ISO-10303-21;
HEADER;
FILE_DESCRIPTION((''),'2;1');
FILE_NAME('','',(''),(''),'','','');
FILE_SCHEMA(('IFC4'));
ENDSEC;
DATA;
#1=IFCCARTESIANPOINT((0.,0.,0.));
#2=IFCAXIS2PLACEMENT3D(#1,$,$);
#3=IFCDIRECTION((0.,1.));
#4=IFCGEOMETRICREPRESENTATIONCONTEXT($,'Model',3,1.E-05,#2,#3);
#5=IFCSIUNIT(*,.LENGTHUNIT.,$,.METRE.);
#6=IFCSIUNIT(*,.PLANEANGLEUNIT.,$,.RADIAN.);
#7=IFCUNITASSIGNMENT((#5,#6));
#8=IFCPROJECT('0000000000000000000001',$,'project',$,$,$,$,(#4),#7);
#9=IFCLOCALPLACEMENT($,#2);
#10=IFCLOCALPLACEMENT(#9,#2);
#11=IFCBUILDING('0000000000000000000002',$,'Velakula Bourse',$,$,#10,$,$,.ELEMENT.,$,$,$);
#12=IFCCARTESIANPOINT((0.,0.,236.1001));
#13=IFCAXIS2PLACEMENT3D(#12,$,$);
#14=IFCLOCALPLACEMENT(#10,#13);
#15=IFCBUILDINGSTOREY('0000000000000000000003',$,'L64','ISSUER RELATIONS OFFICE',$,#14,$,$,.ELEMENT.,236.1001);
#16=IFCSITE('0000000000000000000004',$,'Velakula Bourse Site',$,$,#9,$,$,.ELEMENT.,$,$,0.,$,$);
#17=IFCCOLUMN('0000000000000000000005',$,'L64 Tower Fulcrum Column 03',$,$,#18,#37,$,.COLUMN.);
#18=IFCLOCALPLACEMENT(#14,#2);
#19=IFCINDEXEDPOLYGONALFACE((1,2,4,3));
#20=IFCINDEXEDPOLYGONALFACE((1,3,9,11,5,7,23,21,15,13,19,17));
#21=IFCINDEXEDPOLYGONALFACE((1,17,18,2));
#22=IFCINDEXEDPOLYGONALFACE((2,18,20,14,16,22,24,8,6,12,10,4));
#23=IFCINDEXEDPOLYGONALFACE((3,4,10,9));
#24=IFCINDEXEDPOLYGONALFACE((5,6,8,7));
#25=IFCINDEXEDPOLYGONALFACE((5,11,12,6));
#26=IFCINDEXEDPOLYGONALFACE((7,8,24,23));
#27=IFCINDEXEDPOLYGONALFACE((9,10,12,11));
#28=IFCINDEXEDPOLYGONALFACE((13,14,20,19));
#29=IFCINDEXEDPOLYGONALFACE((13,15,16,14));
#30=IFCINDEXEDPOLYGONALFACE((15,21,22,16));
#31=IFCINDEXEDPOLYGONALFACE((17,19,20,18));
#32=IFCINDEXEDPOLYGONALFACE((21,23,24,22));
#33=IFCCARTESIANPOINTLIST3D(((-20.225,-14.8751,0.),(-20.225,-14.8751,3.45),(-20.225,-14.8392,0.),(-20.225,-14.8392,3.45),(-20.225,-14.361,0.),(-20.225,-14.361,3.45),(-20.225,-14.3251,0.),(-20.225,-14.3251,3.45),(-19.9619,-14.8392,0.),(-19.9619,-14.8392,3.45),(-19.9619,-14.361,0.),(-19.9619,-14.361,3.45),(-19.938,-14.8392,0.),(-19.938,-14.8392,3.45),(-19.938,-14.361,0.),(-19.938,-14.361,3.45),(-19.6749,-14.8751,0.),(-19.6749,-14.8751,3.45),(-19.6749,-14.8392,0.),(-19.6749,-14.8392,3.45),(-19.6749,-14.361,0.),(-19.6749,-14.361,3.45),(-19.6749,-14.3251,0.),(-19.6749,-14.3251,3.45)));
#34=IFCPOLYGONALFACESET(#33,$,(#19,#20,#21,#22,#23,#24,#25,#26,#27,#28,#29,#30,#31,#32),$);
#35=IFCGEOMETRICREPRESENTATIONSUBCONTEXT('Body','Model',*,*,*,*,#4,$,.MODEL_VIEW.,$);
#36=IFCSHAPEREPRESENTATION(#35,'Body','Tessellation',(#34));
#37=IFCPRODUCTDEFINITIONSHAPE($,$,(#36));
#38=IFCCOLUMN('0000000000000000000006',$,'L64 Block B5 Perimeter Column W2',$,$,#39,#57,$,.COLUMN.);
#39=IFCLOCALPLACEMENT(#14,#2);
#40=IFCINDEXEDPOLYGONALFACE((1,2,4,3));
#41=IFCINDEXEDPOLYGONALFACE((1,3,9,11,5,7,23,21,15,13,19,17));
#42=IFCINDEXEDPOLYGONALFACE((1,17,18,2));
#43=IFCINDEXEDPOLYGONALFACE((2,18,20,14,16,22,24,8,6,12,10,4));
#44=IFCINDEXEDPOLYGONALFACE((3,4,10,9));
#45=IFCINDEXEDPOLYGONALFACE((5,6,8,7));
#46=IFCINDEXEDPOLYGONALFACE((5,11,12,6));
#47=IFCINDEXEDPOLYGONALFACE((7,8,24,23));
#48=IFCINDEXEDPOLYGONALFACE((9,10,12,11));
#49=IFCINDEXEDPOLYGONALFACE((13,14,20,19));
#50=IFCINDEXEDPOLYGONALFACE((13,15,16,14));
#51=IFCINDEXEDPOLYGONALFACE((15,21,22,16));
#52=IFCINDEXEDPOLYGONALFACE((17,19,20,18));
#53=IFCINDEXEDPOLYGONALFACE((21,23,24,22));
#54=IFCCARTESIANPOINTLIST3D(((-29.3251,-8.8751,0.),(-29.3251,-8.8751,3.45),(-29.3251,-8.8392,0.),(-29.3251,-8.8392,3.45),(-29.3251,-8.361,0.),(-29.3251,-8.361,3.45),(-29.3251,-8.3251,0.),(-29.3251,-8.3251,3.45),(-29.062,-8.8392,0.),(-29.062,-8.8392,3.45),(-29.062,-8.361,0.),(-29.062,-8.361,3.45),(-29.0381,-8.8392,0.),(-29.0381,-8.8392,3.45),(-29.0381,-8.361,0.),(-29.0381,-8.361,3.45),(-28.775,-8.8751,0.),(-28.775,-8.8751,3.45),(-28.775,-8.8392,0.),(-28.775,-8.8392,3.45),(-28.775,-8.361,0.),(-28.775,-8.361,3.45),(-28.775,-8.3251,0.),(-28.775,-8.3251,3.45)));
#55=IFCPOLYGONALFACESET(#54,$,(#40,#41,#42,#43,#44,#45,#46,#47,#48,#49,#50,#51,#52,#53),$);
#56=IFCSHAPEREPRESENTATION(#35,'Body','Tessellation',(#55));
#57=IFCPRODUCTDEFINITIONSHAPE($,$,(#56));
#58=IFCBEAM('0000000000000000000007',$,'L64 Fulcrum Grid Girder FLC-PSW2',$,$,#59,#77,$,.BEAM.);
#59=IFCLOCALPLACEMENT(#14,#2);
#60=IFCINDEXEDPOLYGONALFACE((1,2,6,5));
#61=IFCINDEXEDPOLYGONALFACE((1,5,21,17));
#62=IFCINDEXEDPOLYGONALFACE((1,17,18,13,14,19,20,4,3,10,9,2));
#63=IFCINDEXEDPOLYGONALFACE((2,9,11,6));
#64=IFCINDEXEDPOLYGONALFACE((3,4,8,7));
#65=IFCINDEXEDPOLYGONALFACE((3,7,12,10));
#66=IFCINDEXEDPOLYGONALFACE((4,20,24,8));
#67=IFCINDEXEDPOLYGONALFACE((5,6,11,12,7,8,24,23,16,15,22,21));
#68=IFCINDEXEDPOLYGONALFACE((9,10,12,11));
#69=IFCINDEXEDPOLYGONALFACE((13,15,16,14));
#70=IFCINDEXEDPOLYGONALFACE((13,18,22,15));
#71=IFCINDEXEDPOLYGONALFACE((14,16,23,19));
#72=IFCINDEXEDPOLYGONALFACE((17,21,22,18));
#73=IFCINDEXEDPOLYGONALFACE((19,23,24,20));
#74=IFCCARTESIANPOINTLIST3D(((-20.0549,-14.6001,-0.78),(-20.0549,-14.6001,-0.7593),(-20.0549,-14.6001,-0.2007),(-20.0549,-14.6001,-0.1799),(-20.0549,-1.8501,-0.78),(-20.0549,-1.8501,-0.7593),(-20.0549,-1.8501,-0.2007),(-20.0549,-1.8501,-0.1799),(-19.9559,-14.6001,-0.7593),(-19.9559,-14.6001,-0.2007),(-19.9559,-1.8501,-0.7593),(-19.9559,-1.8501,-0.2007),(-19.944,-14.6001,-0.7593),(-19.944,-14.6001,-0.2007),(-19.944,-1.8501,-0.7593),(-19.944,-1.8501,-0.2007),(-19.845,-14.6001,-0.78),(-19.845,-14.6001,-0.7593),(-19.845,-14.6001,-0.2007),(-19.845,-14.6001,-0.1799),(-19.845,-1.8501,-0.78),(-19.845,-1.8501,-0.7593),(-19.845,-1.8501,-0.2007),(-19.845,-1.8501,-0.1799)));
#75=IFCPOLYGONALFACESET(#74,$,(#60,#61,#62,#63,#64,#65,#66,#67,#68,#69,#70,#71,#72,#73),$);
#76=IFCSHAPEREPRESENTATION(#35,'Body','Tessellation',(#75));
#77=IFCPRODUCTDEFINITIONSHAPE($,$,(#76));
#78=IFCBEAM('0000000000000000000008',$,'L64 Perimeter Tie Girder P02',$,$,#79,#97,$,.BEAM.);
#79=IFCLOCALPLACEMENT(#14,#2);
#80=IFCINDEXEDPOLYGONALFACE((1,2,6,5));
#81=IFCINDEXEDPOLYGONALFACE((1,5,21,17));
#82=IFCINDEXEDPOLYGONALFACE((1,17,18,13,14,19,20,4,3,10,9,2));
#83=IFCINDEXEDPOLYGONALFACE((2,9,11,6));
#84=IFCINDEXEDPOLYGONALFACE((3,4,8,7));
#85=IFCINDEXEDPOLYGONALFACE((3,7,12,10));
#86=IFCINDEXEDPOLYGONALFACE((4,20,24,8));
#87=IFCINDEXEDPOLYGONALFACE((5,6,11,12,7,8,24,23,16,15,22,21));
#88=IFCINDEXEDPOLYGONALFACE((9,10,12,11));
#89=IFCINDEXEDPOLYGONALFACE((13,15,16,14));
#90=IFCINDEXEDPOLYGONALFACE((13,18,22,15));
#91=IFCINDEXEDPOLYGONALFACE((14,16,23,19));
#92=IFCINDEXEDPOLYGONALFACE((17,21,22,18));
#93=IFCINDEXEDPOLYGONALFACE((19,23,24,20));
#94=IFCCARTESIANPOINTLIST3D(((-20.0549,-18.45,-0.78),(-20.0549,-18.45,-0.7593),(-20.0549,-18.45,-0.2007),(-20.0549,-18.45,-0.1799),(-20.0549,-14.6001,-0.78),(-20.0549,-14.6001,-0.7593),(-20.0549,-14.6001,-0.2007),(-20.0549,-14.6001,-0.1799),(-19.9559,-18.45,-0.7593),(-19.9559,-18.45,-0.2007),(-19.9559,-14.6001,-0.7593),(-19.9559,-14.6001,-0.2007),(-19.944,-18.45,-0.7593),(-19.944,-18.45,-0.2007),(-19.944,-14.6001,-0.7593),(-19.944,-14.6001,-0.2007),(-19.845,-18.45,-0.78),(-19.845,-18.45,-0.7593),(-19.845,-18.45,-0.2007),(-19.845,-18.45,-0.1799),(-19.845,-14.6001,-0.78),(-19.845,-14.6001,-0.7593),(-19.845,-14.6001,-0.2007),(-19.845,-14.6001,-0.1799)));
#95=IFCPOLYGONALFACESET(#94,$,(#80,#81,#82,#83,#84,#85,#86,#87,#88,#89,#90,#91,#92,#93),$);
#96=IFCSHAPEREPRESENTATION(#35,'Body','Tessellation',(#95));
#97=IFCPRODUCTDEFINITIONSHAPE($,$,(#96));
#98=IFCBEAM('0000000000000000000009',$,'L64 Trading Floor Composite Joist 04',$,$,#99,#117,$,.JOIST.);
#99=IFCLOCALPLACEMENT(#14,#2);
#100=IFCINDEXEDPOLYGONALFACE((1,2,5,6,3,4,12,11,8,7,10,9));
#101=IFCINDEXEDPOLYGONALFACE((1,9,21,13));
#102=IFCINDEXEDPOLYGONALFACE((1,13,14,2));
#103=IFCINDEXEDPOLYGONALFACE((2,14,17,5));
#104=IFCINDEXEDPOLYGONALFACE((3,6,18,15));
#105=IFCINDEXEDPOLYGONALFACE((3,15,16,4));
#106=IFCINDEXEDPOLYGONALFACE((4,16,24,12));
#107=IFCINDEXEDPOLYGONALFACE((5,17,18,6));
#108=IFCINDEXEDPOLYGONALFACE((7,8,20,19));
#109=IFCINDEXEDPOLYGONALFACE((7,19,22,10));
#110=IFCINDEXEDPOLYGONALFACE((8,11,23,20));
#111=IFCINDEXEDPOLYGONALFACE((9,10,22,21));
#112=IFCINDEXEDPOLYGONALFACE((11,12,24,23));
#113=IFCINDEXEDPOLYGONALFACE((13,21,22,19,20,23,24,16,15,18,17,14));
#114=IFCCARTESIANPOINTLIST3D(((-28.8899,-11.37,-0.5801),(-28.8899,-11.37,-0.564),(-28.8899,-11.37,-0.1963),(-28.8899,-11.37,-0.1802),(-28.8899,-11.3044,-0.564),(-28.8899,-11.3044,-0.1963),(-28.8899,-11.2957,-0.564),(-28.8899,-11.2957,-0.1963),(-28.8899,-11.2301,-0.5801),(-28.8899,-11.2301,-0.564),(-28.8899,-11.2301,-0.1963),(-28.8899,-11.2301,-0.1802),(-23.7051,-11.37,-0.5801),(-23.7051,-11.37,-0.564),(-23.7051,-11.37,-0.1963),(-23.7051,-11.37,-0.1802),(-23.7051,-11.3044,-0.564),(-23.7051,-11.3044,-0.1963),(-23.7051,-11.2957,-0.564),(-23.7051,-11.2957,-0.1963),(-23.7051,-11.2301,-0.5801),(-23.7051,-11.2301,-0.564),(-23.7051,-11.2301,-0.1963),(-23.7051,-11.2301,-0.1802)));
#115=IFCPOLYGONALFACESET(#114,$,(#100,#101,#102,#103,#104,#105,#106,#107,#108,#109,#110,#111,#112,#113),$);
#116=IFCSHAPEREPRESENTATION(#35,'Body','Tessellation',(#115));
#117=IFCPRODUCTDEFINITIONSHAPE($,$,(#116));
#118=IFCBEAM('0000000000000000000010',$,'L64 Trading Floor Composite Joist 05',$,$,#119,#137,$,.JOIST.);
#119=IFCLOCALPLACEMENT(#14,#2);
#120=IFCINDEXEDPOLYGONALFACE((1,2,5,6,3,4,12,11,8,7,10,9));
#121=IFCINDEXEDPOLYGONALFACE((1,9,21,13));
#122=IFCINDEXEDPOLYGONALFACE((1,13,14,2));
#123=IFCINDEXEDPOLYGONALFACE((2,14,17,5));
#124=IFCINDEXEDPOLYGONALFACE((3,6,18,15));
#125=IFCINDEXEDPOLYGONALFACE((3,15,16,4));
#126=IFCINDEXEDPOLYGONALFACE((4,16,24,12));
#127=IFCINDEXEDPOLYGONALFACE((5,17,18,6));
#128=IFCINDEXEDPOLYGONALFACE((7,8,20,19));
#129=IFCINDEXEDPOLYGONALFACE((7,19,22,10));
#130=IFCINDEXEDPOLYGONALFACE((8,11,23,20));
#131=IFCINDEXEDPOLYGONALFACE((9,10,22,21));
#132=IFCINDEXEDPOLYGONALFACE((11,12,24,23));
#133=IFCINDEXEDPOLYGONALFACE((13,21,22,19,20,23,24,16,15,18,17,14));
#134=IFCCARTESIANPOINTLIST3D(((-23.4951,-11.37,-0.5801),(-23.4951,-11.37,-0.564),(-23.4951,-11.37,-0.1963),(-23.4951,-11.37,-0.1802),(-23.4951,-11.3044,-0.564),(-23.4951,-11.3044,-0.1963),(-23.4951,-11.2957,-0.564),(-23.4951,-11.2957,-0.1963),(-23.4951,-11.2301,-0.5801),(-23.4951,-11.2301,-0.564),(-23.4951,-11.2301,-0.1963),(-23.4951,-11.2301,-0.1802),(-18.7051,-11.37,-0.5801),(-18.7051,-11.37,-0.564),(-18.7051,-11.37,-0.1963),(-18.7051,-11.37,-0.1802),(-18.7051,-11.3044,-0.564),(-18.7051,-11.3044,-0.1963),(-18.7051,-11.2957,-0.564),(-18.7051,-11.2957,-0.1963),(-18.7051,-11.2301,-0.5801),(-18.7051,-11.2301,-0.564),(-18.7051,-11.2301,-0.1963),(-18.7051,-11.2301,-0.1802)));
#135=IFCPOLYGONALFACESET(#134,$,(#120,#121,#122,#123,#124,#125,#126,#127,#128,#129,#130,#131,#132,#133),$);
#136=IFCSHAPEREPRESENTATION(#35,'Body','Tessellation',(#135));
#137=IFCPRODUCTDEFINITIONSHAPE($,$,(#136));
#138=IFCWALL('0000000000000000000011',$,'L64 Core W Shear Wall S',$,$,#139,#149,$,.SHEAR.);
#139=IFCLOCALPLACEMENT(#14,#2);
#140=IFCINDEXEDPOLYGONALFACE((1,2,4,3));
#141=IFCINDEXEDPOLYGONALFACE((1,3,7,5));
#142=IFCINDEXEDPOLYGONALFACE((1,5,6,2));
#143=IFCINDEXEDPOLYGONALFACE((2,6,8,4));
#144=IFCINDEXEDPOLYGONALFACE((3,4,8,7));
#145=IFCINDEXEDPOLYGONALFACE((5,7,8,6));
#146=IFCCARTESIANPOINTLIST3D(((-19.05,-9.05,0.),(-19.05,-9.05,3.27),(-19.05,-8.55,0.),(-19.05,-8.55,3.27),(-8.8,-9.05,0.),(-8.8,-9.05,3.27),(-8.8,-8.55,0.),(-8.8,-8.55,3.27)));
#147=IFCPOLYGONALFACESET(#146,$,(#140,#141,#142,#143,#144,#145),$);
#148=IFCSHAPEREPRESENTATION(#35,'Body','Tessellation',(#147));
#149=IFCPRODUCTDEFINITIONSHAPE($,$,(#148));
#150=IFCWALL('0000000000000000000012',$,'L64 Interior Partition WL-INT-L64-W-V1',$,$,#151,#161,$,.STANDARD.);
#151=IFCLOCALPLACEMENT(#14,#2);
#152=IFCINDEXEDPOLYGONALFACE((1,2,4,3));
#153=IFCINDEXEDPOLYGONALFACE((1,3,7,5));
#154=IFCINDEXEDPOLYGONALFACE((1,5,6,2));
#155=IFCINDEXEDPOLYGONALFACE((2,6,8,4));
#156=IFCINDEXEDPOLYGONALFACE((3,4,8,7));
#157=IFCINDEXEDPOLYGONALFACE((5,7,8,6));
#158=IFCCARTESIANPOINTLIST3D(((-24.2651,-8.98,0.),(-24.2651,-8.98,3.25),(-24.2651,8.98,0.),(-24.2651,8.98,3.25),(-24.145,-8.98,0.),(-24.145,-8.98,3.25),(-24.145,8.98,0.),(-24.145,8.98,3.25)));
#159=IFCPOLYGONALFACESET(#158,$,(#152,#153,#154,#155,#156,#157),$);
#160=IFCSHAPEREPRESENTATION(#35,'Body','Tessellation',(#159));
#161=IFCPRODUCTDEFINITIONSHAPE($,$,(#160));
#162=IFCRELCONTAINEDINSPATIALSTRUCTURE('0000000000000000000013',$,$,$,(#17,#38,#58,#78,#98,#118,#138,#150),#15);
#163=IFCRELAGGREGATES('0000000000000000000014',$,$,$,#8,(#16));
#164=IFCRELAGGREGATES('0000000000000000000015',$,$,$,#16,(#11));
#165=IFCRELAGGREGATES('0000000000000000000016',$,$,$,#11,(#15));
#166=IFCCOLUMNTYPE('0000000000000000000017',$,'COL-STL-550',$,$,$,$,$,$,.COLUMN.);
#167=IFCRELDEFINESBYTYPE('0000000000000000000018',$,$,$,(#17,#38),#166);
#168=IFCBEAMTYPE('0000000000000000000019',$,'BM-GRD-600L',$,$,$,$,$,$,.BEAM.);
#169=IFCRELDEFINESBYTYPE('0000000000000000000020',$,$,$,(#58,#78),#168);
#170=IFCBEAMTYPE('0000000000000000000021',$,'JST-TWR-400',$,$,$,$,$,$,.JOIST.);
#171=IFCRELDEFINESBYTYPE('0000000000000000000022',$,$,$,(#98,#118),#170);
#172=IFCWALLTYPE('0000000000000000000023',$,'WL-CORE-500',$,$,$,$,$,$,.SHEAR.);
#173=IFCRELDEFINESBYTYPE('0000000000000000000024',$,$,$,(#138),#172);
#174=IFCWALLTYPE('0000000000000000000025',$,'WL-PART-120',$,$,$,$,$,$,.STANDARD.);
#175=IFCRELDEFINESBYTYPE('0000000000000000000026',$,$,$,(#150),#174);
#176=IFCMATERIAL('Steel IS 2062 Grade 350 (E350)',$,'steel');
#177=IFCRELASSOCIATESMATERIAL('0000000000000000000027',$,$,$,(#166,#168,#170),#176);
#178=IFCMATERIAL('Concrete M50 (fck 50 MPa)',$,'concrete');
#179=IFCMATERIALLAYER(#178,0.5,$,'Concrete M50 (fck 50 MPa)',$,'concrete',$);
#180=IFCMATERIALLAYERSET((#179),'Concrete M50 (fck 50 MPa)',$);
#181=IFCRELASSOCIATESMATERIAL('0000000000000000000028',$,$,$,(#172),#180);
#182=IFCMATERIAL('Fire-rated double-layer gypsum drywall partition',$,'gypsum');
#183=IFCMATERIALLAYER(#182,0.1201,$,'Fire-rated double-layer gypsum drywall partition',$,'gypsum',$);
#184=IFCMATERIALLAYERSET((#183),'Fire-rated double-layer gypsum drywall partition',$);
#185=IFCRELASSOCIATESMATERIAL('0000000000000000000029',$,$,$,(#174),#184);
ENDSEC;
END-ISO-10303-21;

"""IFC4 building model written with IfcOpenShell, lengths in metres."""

from ifc_helpers import new_model, si_unit, direction, frame, frame_2d, origin, origin_2d, place, context, subcontext, project, spatial, rectangle, i_section, extrude, material, layer, layer_set, material_profile, profile_set, type_object, element, save


model = new_model("IFC4")

# Units and contexts
model_context = context("Model", 3, precision=1e-05, world=origin(), true_north=direction((0.0, 1.0)))
body_context = subcontext(model_context, "Body", "Model", "MODEL_VIEW")
ifc_project = project(units=[si_unit("LENGTHUNIT", "METRE"), si_unit("PLANEANGLEUNIT", "RADIAN")], contexts=[model_context])

# Site, building, storey
site_placement = place(None, origin())
site = spatial("IfcSite", under=ifc_project, at=site_placement, Name="Velakula Bourse Site", CompositionType="ELEMENT", RefElevation=0.0)
building_placement = place(site_placement, origin())
building = spatial("IfcBuilding", under=site, at=building_placement, Name="Velakula Bourse", CompositionType="ELEMENT")
storey_placement = place(building_placement, frame((0.0, 0.0, 236.1001)))
storey = spatial("IfcBuildingStorey", under=building, at=storey_placement, Name="L64", Description="ISSUER RELATIONS OFFICE", CompositionType="ELEMENT", Elevation=236.1001)

# Columns
ifc_material_1 = material(Name="Steel IS 2062 Grade 350 (E350)", Category="steel")
ifc_material_profile_1 = material_profile(ifc_material_1, i_section(OverallWidth=0.55, OverallDepth=0.55, WebThickness=0.0239, FlangeThickness=0.0359, at=origin_2d()), Name="Steel IS 2062 Grade 350 (E350)")
ifc_profile_set_1 = profile_set([ifc_material_profile_1], Name="Steel IS 2062 Grade 350 (E350)")
column_type = type_object("IfcColumnType", Name="COL-STL-550", PredefinedType="COLUMN", material=ifc_profile_set_1)
for number, where, z_axis, x_axis, name in (
    (1, (-19.95, -14.6001, 0.0), (0.0, 0.0, 1.0), (1.0, 0.0, 0.0), "L64 Tower Fulcrum Column 03"),
    (2, (-29.05, -8.6001, 0.0), (0.0, 0.0, 1.0), (1.0, 0.0, 0.0), "L64 Block B5 Perimeter Column W2"),
):
    element("IfcColumn", number, at=place(storey_placement, frame(where, z_axis=z_axis, x_axis=x_axis)), inside=storey, type_object=column_type, Name=name, PredefinedType="COLUMN", context=body_context, shape_type="SweptSolid", body=[
        extrude(i_section(OverallWidth=0.55, OverallDepth=0.55, WebThickness=0.0239, FlangeThickness=0.0359, at=origin_2d()), origin(), (0.0, 0.0, 1.0), 3.45),
    ])

# Beams
ifc_material_profile_2 = material_profile(ifc_material_1, i_section(OverallWidth=0.21, OverallDepth=0.6001, WebThickness=0.012, FlangeThickness=0.0208, at=origin_2d()), Name="Steel IS 2062 Grade 350 (E350)")
ifc_profile_set_2 = profile_set([ifc_material_profile_2], Name="Steel IS 2062 Grade 350 (E350)")
beam_type_1 = type_object("IfcBeamType", Name="BM-GRD-600L", PredefinedType="BEAM", material=ifc_profile_set_2)
beam_1_placement = place(storey_placement, frame((-19.95, -14.6001, -0.48), z_axis=(0.0, 1.0, 0.0), x_axis=(-1.0, 0.0, 0.0)))
element("IfcBeam", 3, at=beam_1_placement, inside=storey, type_object=beam_type_1, Name="L64 Fulcrum Grid Girder FLC-PSW2", PredefinedType="BEAM", context=body_context, shape_type="SweptSolid", body=[
    extrude(i_section(OverallWidth=0.21, OverallDepth=0.6001, WebThickness=0.012, FlangeThickness=0.0208, at=origin_2d()), origin(), (0.0, 0.0, 1.0), 12.75),
])
beam_2_placement = place(storey_placement, frame((-19.95, -14.6001, -0.48), z_axis=(0.0, -1.0, 0.0), x_axis=(1.0, 0.0, 0.0)))
element("IfcBeam", 4, at=beam_2_placement, inside=storey, type_object=beam_type_1, Name="L64 Perimeter Tie Girder P02", PredefinedType="BEAM", context=body_context, shape_type="SweptSolid", body=[
    extrude(i_section(OverallWidth=0.21, OverallDepth=0.6001, WebThickness=0.012, FlangeThickness=0.0208, at=origin_2d()), origin(), (0.0, 0.0, 1.0), 3.8499),
])
ifc_material_profile_3 = material_profile(ifc_material_1, i_section(OverallWidth=0.1399, OverallDepth=0.3999, WebThickness=0.0088, FlangeThickness=0.0161, at=origin_2d()), Name="Steel IS 2062 Grade 350 (E350)")
ifc_profile_set_3 = profile_set([ifc_material_profile_3], Name="Steel IS 2062 Grade 350 (E350)")
beam_type_2 = type_object("IfcBeamType", Name="JST-TWR-400", PredefinedType="JOIST", material=ifc_profile_set_3)
beam_3_placement = place(storey_placement, frame((-28.8899, -11.3, -0.3801), z_axis=(1.0, 0.0, 0.0), x_axis=(0.0, 1.0, 0.0)))
element("IfcBeam", 5, at=beam_3_placement, inside=storey, type_object=beam_type_2, Name="L64 Trading Floor Composite Joist 04", PredefinedType="JOIST", context=body_context, shape_type="SweptSolid", body=[
    extrude(i_section(OverallWidth=0.1399, OverallDepth=0.3999, WebThickness=0.0088, FlangeThickness=0.0161, at=origin_2d()), origin(), (0.0, 0.0, 1.0), 5.1848),
])
beam_4_placement = place(storey_placement, frame((-23.4951, -11.3, -0.3801), z_axis=(1.0, 0.0, 0.0), x_axis=(0.0, 1.0, 0.0)))
element("IfcBeam", 6, at=beam_4_placement, inside=storey, type_object=beam_type_2, Name="L64 Trading Floor Composite Joist 05", PredefinedType="JOIST", context=body_context, shape_type="SweptSolid", body=[
    extrude(i_section(OverallWidth=0.1399, OverallDepth=0.3999, WebThickness=0.0088, FlangeThickness=0.0161, at=origin_2d()), origin(), (0.0, 0.0, 1.0), 4.79),
])

# Walls
ifc_material_2 = material(Name="Concrete M50 (fck 50 MPa)", Category="concrete")
ifc_layer_1 = layer(ifc_material_2, 0.5, Name="Concrete M50 (fck 50 MPa)", Category="concrete")
ifc_layer_set_1 = layer_set([ifc_layer_1], Name="Concrete M50 (fck 50 MPa)")
wall_type_1 = type_object("IfcWallType", Name="WL-CORE-500", PredefinedType="SHEAR", material=ifc_layer_set_1)
wall_1_placement = place(storey_placement, frame((-19.05, -8.8, 0.0), z_axis=(0.0, 0.0, 1.0), x_axis=(1.0, 0.0, 0.0)))
element("IfcWall", 7, at=wall_1_placement, inside=storey, type_object=wall_type_1, Name="L64 Core W Shear Wall S", PredefinedType="SHEAR", context=body_context, shape_type="SweptSolid", body=[
    extrude(rectangle(XDim=10.25, YDim=0.5, at=frame_2d((5.125, 0.0))), origin(), (0.0, 0.0, 1.0), 3.27),
])
ifc_material_3 = material(Name="Fire-rated double-layer gypsum drywall partition", Category="gypsum")
ifc_layer_2 = layer(ifc_material_3, 0.1201, Name="Fire-rated double-layer gypsum drywall partition", Category="gypsum")
ifc_layer_set_2 = layer_set([ifc_layer_2], Name="Fire-rated double-layer gypsum drywall partition")
wall_type_2 = type_object("IfcWallType", Name="WL-PART-120", PredefinedType="STANDARD", material=ifc_layer_set_2)
wall_2_placement = place(storey_placement, frame((-24.2051, -8.98, 0.0), z_axis=(0.0, 0.0, 1.0), x_axis=(0.0, 1.0, 0.0)))
element("IfcWall", 8, at=wall_2_placement, inside=storey, type_object=wall_type_2, Name="L64 Interior Partition WL-INT-L64-W-V1", PredefinedType="STANDARD", context=body_context, shape_type="SweptSolid", body=[
    extrude(rectangle(XDim=17.96, YDim=0.1201, at=frame_2d((8.98, 0.0))), origin(), (0.0, 0.0, 1.0), 3.25),
])

save(model, "model.ifc")
